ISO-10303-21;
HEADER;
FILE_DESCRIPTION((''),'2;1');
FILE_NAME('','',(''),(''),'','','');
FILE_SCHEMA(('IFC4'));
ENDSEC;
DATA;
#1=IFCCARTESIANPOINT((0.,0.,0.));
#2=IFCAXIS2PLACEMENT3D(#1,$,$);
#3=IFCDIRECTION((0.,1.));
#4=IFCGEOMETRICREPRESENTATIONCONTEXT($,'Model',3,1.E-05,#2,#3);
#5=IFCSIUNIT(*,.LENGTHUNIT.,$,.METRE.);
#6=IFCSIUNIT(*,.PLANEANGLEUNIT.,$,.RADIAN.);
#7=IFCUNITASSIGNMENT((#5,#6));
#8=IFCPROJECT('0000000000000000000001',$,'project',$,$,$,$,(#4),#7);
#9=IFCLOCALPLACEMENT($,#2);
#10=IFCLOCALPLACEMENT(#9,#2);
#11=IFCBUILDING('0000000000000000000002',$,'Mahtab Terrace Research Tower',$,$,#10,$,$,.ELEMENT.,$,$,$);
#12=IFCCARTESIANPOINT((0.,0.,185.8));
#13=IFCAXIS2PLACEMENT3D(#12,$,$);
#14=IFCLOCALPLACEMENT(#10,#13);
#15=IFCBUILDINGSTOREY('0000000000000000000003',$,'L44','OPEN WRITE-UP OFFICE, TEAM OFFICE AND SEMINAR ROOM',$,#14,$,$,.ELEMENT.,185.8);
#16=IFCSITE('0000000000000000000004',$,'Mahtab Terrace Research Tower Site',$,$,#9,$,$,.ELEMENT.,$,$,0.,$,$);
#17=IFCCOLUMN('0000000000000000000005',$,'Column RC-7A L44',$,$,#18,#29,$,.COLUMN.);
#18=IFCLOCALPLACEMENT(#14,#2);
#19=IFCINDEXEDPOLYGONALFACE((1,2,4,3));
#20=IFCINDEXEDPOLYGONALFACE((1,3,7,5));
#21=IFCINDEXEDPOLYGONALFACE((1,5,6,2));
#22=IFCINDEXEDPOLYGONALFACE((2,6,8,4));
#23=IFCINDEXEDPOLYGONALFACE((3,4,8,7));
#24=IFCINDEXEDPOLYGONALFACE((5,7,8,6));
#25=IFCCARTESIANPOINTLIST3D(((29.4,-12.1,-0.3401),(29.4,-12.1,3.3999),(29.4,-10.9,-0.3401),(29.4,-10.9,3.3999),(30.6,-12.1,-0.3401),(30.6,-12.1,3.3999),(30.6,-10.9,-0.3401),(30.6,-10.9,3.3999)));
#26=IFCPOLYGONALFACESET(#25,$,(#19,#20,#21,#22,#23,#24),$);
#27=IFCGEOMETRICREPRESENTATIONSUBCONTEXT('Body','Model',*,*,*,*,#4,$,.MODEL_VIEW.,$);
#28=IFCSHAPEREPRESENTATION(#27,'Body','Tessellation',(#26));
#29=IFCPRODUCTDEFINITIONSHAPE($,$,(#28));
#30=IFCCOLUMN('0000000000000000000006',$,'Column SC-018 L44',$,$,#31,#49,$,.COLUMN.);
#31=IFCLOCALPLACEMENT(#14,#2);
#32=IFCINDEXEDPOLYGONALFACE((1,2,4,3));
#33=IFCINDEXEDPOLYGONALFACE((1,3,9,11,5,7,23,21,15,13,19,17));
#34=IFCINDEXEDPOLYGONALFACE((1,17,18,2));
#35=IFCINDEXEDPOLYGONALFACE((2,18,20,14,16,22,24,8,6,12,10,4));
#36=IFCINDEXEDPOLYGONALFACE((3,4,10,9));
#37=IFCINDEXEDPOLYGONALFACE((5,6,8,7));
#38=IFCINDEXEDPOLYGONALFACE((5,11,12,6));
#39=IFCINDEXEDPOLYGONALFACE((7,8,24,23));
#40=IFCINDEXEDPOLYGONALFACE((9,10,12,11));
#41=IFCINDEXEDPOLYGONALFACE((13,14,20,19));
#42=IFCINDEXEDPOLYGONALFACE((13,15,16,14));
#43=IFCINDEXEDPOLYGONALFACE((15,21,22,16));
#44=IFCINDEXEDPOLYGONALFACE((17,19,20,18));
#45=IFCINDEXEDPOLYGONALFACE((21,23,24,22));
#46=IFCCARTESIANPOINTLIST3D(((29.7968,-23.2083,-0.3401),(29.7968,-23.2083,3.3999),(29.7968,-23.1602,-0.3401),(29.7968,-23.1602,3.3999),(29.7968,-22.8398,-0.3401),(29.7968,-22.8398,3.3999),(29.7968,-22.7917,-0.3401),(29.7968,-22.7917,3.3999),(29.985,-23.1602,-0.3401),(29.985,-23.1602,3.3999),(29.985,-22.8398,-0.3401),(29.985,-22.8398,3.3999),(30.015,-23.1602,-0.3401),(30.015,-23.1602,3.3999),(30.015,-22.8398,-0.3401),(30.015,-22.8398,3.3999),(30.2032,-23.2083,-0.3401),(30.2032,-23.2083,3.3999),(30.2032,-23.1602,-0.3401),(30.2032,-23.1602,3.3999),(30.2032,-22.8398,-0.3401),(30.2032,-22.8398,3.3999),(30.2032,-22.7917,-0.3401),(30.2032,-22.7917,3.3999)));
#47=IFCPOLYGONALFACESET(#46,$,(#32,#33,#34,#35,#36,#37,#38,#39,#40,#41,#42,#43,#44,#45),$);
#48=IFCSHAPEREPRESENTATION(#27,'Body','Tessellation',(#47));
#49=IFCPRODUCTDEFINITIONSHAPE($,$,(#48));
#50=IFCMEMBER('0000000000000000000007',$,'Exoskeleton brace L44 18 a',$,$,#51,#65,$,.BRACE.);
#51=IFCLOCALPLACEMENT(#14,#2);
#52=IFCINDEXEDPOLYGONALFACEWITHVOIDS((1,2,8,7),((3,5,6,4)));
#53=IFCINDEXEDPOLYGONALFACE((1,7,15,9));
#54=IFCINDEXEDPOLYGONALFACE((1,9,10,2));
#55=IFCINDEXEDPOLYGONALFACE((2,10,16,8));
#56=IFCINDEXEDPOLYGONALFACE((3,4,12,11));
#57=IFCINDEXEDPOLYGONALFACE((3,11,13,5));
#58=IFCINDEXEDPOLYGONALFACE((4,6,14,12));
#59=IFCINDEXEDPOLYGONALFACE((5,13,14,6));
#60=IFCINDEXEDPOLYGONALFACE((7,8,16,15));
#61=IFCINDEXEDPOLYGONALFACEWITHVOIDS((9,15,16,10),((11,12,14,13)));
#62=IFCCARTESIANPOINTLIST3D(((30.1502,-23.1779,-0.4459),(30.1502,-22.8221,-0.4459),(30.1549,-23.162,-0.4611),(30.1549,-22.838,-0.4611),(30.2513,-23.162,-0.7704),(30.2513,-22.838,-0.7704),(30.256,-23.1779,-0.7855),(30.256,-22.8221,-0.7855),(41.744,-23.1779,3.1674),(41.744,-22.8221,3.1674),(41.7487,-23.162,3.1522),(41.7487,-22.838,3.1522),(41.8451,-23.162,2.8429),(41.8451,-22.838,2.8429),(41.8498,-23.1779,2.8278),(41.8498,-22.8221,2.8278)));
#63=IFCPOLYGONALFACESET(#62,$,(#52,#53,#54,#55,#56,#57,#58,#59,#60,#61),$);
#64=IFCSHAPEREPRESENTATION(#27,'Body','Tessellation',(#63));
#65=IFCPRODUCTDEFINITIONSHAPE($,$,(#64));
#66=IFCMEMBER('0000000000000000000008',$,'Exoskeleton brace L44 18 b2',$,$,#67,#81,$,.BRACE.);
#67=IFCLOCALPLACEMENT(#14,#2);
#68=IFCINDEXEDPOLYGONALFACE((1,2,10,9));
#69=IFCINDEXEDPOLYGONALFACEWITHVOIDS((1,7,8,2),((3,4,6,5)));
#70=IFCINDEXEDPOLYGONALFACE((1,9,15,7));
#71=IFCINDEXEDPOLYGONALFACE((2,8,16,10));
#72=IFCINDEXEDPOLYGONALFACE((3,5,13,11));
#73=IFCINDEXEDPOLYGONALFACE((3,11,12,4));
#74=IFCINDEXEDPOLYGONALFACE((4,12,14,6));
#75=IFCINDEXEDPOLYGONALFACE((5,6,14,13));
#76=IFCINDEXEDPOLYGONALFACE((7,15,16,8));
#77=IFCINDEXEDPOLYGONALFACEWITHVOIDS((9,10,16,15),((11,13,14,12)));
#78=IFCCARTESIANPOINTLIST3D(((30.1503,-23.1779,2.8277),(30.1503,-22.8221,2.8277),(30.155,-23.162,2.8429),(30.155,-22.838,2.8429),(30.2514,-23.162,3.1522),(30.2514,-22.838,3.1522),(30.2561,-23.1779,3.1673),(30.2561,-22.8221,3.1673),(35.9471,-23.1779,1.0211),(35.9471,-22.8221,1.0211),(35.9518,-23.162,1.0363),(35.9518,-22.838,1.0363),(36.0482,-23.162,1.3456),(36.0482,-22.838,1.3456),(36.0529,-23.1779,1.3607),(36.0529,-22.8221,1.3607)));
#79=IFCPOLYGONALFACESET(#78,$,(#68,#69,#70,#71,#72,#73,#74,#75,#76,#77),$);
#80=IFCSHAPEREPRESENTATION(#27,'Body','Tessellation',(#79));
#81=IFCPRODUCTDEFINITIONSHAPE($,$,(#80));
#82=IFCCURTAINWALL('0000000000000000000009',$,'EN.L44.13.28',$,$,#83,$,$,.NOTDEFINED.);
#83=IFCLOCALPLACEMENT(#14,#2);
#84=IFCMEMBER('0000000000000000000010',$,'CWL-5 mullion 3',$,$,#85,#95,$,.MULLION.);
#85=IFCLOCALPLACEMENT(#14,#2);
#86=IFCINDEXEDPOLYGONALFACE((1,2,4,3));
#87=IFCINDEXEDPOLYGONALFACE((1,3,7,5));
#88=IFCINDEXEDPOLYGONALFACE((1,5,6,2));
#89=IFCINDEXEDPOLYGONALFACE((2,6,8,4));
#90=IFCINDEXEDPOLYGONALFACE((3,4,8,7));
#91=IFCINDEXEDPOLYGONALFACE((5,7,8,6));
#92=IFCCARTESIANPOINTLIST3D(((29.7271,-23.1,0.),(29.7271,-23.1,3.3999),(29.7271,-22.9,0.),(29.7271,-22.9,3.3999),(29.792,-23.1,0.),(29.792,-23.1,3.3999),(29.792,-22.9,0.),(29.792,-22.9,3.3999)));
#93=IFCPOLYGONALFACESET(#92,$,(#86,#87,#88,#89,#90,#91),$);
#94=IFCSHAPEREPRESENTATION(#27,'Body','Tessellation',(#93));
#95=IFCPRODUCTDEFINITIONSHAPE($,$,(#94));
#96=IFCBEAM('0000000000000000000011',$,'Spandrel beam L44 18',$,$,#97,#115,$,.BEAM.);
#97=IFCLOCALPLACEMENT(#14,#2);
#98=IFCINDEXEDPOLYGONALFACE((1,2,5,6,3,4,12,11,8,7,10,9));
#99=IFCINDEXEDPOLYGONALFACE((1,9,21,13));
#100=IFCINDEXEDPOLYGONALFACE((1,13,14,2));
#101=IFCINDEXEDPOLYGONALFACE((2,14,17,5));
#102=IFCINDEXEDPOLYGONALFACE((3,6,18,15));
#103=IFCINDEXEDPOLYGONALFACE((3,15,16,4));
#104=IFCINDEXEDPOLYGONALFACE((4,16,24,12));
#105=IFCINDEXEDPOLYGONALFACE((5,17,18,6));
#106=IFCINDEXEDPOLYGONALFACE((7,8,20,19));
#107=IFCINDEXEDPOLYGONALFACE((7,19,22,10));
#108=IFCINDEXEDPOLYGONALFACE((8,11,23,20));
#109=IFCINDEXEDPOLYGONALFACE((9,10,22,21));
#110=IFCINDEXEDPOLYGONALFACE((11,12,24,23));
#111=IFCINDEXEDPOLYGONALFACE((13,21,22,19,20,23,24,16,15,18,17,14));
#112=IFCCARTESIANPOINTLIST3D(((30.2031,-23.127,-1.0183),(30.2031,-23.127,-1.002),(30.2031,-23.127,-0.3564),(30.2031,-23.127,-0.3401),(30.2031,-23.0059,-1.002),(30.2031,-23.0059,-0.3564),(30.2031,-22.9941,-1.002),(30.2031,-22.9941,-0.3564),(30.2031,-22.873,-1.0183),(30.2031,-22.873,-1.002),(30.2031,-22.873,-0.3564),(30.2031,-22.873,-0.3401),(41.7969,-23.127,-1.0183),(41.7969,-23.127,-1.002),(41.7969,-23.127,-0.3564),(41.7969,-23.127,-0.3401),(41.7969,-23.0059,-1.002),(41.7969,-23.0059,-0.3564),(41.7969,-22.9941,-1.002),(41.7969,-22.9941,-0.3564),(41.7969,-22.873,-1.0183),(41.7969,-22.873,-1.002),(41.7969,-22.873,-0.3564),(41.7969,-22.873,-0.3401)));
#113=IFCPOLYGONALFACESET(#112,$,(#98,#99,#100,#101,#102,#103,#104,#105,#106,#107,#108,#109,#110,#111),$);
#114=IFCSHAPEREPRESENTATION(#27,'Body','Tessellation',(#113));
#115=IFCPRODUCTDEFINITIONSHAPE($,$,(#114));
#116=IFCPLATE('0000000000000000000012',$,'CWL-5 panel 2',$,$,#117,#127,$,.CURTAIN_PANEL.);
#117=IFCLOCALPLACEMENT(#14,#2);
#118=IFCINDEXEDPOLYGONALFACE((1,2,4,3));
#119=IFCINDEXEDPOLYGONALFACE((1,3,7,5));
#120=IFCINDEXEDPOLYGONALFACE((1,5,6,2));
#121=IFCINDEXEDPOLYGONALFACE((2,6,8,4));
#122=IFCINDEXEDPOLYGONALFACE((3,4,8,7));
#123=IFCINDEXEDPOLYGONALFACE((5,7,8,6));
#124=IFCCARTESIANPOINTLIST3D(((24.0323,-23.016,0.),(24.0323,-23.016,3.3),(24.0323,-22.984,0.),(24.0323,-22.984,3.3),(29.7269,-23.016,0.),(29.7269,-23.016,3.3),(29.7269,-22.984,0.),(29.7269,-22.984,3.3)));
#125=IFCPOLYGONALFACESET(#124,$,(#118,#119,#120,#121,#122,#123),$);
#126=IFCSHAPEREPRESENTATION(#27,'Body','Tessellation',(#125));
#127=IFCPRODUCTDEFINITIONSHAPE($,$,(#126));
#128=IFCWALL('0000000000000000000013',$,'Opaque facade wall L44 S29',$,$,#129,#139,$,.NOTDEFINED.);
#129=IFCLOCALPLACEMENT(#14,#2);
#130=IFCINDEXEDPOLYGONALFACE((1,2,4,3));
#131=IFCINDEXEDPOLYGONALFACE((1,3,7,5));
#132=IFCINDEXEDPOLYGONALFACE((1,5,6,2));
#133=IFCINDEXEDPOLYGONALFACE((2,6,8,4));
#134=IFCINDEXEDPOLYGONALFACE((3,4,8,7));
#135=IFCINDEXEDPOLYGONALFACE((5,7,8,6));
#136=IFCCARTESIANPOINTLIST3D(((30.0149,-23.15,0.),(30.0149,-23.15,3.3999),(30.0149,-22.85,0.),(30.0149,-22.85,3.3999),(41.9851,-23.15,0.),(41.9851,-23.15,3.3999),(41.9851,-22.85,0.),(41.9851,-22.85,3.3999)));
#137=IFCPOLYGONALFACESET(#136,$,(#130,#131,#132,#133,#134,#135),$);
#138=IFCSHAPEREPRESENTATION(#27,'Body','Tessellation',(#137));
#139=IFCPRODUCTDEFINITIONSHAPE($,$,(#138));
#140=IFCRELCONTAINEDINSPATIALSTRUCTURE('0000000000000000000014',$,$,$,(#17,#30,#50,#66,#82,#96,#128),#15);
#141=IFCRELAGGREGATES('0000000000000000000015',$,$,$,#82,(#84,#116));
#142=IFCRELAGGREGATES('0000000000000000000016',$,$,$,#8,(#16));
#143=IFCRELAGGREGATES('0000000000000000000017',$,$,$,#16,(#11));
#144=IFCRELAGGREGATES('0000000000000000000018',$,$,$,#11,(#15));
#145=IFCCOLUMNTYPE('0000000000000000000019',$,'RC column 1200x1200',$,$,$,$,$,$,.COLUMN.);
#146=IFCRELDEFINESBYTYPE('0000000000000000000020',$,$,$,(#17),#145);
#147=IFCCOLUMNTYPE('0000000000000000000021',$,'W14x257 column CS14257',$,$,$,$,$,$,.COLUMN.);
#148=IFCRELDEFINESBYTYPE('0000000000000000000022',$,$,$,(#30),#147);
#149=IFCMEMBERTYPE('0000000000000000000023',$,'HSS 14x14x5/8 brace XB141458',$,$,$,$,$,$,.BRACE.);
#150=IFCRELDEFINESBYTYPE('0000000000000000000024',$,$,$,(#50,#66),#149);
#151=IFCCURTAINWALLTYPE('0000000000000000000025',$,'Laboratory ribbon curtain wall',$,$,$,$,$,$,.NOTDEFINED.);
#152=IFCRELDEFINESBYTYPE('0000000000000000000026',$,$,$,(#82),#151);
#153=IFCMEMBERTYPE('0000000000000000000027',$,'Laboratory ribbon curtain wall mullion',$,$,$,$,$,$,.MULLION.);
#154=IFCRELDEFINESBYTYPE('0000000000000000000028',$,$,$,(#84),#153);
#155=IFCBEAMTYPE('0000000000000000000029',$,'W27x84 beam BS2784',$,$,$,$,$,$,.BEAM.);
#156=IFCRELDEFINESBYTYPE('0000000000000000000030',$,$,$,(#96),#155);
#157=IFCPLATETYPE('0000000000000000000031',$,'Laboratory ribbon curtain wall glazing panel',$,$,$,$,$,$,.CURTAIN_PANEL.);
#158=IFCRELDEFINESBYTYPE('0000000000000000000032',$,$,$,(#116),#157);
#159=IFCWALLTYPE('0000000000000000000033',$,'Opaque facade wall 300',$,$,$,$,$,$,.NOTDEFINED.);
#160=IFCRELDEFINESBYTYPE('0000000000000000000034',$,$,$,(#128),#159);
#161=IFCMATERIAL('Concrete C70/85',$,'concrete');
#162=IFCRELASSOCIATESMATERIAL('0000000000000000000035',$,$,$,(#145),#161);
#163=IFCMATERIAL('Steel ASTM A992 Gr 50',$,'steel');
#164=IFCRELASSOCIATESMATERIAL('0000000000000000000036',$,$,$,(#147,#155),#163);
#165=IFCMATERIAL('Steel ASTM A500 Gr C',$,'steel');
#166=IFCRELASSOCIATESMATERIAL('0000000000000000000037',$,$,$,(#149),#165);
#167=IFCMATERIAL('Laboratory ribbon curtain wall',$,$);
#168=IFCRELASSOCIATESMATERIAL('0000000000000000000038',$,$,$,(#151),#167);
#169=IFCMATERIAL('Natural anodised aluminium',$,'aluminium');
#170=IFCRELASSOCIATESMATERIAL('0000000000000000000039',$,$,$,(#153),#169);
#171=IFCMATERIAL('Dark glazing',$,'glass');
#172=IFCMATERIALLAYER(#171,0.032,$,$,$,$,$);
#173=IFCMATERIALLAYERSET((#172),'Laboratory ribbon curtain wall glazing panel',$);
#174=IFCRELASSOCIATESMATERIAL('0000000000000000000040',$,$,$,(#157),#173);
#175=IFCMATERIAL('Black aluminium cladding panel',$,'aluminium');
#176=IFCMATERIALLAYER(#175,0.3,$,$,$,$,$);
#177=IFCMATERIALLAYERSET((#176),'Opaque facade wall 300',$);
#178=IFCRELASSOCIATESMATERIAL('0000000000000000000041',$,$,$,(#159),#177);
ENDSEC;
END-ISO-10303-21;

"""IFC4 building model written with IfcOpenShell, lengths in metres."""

from ifc_helpers import new_model, si_unit, direction, frame, frame_2d, origin, origin_2d, place, context, subcontext, project, spatial, rectangle, hollow_rectangle, i_section, extrude, material, layer, layer_set, material_profile, profile_set, type_object, element, aggregate, save


model = new_model("IFC4")

# Units and contexts
model_context = context("Model", 3, precision=1e-05, world=origin(), true_north=direction((0.0, 1.0)))
body_context = subcontext(model_context, "Body", "Model", "MODEL_VIEW")
ifc_project = project(units=[si_unit("LENGTHUNIT", "METRE"), si_unit("PLANEANGLEUNIT", "RADIAN")], contexts=[model_context])

# Site, building, storey
site_placement = place(None, origin())
site = spatial("IfcSite", under=ifc_project, at=site_placement, Name="Mahtab Terrace Research Tower Site", CompositionType="ELEMENT", RefElevation=0.0)
building_placement = place(site_placement, origin())
building = spatial("IfcBuilding", under=site, at=building_placement, Name="Mahtab Terrace Research Tower", CompositionType="ELEMENT")
storey_placement = place(building_placement, frame((0.0, 0.0, 185.8)))
storey = spatial("IfcBuildingStorey", under=building, at=storey_placement, Name="L44", Description="OPEN WRITE-UP OFFICE, TEAM OFFICE AND SEMINAR ROOM", CompositionType="ELEMENT", Elevation=185.8)

# Columns
ifc_material_1 = material(Name="Concrete C70/85", Category="concrete")
ifc_material_profile_1 = material_profile(ifc_material_1, rectangle(XDim=1.2, YDim=1.2, at=origin_2d()), Name="RC column 1200x1200")
ifc_profile_set_1 = profile_set([ifc_material_profile_1], Name="Concrete C70/85")
column_type_1 = type_object("IfcColumnType", Name="RC column 1200x1200", PredefinedType="COLUMN", material=ifc_profile_set_1)
column_1_placement = place(storey_placement, frame((30.0, -11.5, -0.3401), z_axis=(0.0, 0.0, 1.0), x_axis=(1.0, 0.0, 0.0)))
element("IfcColumn", 1, at=column_1_placement, inside=storey, type_object=column_type_1, Name="Column RC-7A L44", PredefinedType="COLUMN", context=body_context, shape_type="SweptSolid", body=[
    extrude(rectangle(XDim=1.2, YDim=1.2, at=origin_2d()), origin(), (0.0, 0.0, 1.0), 3.74),
])
ifc_material_2 = material(Name="Steel ASTM A992 Gr 50", Category="steel")
ifc_material_profile_2 = material_profile(ifc_material_2, i_section(OverallWidth=0.4065, OverallDepth=0.4165, WebThickness=0.03, FlangeThickness=0.0481, at=origin_2d()), Name="W14X257")
ifc_profile_set_2 = profile_set([ifc_material_profile_2], Name="Steel ASTM A992 Gr 50")
column_type_2 = type_object("IfcColumnType", Name="W14x257 column CS14257", PredefinedType="COLUMN", material=ifc_profile_set_2)
column_2_placement = place(storey_placement, frame((30.0, -23.0, -0.3401), z_axis=(0.0, 0.0, 1.0), x_axis=(1.0, 0.0, 0.0)))
element("IfcColumn", 2, at=column_2_placement, inside=storey, type_object=column_type_2, Name="Column SC-018 L44", PredefinedType="COLUMN", context=body_context, shape_type="SweptSolid", body=[
    extrude(i_section(OverallWidth=0.4065, OverallDepth=0.4165, WebThickness=0.03, FlangeThickness=0.0481, at=origin_2d()), origin(), (0.0, 0.0, 1.0), 3.74),
])

# Members
ifc_material_3 = material(Name="Steel ASTM A500 Gr C", Category="steel")
ifc_material_profile_3 = material_profile(ifc_material_3, hollow_rectangle(XDim=0.3557, YDim=0.3557, WallThickness=0.0159, at=origin_2d()), Name="HSS14X14X5/8")
ifc_profile_set_3 = profile_set([ifc_material_profile_3], Name="Steel ASTM A500 Gr C")
member_type_1 = type_object("IfcMemberType", Name="HSS 14x14x5/8 brace XB141458", PredefinedType="BRACE", material=ifc_profile_set_3)
member_1_placement = place(storey_placement, frame((30.2031, -23.0, -0.6157), z_axis=(0.954709, 0.0, 0.297542), x_axis=(0.0, 1.0, 0.0)))
element("IfcMember", 3, at=member_1_placement, inside=storey, type_object=member_type_1, Name="Exoskeleton brace L44 18 a", PredefinedType="BRACE", context=body_context, shape_type="SweptSolid", body=[
    extrude(hollow_rectangle(XDim=0.3557, YDim=0.3557, WallThickness=0.0159, at=origin_2d()), origin(), (0.0, 0.0, 1.0), 12.1438),
])
member_2_placement = place(storey_placement, frame((36.0, -23.0, 1.1909), z_axis=(-0.954709, 0.0, 0.297542), x_axis=(0.0, -1.0, 0.0)))
element("IfcMember", 4, at=member_2_placement, inside=storey, type_object=member_type_1, Name="Exoskeleton brace L44 18 b2", PredefinedType="BRACE", context=body_context, shape_type="SweptSolid", body=[
    extrude(hollow_rectangle(XDim=0.3557, YDim=0.3557, WallThickness=0.0159, at=origin_2d()), origin(), (0.0, 0.0, 1.0), 6.0718),
])

# Curtain wall, member
ifc_material_4 = material(Name="Laboratory ribbon curtain wall")
curtain_wall_type = type_object("IfcCurtainWallType", Name="Laboratory ribbon curtain wall", PredefinedType="NOTDEFINED", material=ifc_material_4)
curtain_wall_placement = place(storey_placement, origin())
curtain_wall = element("IfcCurtainWall", 5, at=curtain_wall_placement, inside=storey, type_object=curtain_wall_type, Name="EN.L44.13.28", PredefinedType="NOTDEFINED")
ifc_material_5 = material(Name="Natural anodised aluminium", Category="aluminium")
ifc_material_profile_4 = material_profile(ifc_material_5, rectangle(XDim=0.2, YDim=0.0649, at=origin_2d()), Name="MULLION 65x200")
ifc_profile_set_4 = profile_set([ifc_material_profile_4], Name="Natural anodised aluminium")
member_type_2 = type_object("IfcMemberType", Name="Laboratory ribbon curtain wall mullion", PredefinedType="MULLION", material=ifc_profile_set_4)
member_3_placement = place(storey_placement, frame((29.7595, -23.0, 0.0), z_axis=(0.0, 0.0, 1.0), x_axis=(0.0, 1.0, 0.0)))
member_3 = element("IfcMember", 6, at=member_3_placement, type_object=member_type_2, Name="CWL-5 mullion 3", PredefinedType="MULLION", context=body_context, shape_type="SweptSolid", body=[
    extrude(rectangle(XDim=0.2, YDim=0.0649, at=origin_2d()), origin(), (0.0, 0.0, 1.0), 3.3999),
])

# Beam
ifc_material_profile_5 = material_profile(ifc_material_2, i_section(OverallWidth=0.2539, OverallDepth=0.6782, WebThickness=0.0117, FlangeThickness=0.0164, at=origin_2d()), Name="W27X84")
ifc_profile_set_5 = profile_set([ifc_material_profile_5], Name="Steel ASTM A992 Gr 50")
beam_type = type_object("IfcBeamType", Name="W27x84 beam BS2784", PredefinedType="BEAM", material=ifc_profile_set_5)
beam_placement = place(storey_placement, frame((30.2031, -23.0, -0.6792), z_axis=(1.0, 0.0, 0.0), x_axis=(0.0, 1.0, 0.0)))
element("IfcBeam", 7, at=beam_placement, inside=storey, type_object=beam_type, Name="Spandrel beam L44 18", PredefinedType="BEAM", context=body_context, shape_type="SweptSolid", body=[
    extrude(i_section(OverallWidth=0.2539, OverallDepth=0.6782, WebThickness=0.0117, FlangeThickness=0.0164, at=origin_2d()), origin(), (0.0, 0.0, 1.0), 11.5938),
])

# Plate
ifc_material_6 = material(Name="Dark glazing", Category="glass")
ifc_layer_1 = layer(ifc_material_6, 0.032)
ifc_layer_set_1 = layer_set([ifc_layer_1], Name="Laboratory ribbon curtain wall glazing panel")
plate_type = type_object("IfcPlateType", Name="Laboratory ribbon curtain wall glazing panel", PredefinedType="CURTAIN_PANEL", material=ifc_layer_set_1)
plate_placement = place(storey_placement, frame((26.8796, -23.0, 0.0), z_axis=(0.0, 0.0, 1.0), x_axis=(1.0, 0.0, 0.0)))
plate = element("IfcPlate", 8, at=plate_placement, type_object=plate_type, Name="CWL-5 panel 2", PredefinedType="CURTAIN_PANEL", context=body_context, shape_type="SweptSolid", body=[
    extrude(rectangle(XDim=5.6946, YDim=0.032, at=origin_2d()), origin(), (0.0, 0.0, 1.0), 3.3),
])
aggregate(curtain_wall, [member_3, plate])

# Wall
ifc_material_7 = material(Name="Black aluminium cladding panel", Category="aluminium")
ifc_layer_2 = layer(ifc_material_7, 0.3)
ifc_layer_set_2 = layer_set([ifc_layer_2], Name="Opaque facade wall 300")
wall_type_1 = type_object("IfcWallType", Name="Opaque facade wall 300", PredefinedType="NOTDEFINED", material=ifc_layer_set_2)
wall_1_placement = place(storey_placement, frame((30.0149, -23.0, 0.0), z_axis=(0.0, 0.0, 1.0), x_axis=(1.0, 0.0, 0.0)))
element("IfcWall", 9, at=wall_1_placement, inside=storey, type_object=wall_type_1, Name="Opaque facade wall L44 S29", PredefinedType="NOTDEFINED", context=body_context, shape_type="SweptSolid", body=[
    extrude(rectangle(XDim=11.9702, YDim=0.3, at=frame_2d((5.9851, 0.0))), origin(), (0.0, 0.0, 1.0), 3.3999),
])

save(model, "model.ifc")
